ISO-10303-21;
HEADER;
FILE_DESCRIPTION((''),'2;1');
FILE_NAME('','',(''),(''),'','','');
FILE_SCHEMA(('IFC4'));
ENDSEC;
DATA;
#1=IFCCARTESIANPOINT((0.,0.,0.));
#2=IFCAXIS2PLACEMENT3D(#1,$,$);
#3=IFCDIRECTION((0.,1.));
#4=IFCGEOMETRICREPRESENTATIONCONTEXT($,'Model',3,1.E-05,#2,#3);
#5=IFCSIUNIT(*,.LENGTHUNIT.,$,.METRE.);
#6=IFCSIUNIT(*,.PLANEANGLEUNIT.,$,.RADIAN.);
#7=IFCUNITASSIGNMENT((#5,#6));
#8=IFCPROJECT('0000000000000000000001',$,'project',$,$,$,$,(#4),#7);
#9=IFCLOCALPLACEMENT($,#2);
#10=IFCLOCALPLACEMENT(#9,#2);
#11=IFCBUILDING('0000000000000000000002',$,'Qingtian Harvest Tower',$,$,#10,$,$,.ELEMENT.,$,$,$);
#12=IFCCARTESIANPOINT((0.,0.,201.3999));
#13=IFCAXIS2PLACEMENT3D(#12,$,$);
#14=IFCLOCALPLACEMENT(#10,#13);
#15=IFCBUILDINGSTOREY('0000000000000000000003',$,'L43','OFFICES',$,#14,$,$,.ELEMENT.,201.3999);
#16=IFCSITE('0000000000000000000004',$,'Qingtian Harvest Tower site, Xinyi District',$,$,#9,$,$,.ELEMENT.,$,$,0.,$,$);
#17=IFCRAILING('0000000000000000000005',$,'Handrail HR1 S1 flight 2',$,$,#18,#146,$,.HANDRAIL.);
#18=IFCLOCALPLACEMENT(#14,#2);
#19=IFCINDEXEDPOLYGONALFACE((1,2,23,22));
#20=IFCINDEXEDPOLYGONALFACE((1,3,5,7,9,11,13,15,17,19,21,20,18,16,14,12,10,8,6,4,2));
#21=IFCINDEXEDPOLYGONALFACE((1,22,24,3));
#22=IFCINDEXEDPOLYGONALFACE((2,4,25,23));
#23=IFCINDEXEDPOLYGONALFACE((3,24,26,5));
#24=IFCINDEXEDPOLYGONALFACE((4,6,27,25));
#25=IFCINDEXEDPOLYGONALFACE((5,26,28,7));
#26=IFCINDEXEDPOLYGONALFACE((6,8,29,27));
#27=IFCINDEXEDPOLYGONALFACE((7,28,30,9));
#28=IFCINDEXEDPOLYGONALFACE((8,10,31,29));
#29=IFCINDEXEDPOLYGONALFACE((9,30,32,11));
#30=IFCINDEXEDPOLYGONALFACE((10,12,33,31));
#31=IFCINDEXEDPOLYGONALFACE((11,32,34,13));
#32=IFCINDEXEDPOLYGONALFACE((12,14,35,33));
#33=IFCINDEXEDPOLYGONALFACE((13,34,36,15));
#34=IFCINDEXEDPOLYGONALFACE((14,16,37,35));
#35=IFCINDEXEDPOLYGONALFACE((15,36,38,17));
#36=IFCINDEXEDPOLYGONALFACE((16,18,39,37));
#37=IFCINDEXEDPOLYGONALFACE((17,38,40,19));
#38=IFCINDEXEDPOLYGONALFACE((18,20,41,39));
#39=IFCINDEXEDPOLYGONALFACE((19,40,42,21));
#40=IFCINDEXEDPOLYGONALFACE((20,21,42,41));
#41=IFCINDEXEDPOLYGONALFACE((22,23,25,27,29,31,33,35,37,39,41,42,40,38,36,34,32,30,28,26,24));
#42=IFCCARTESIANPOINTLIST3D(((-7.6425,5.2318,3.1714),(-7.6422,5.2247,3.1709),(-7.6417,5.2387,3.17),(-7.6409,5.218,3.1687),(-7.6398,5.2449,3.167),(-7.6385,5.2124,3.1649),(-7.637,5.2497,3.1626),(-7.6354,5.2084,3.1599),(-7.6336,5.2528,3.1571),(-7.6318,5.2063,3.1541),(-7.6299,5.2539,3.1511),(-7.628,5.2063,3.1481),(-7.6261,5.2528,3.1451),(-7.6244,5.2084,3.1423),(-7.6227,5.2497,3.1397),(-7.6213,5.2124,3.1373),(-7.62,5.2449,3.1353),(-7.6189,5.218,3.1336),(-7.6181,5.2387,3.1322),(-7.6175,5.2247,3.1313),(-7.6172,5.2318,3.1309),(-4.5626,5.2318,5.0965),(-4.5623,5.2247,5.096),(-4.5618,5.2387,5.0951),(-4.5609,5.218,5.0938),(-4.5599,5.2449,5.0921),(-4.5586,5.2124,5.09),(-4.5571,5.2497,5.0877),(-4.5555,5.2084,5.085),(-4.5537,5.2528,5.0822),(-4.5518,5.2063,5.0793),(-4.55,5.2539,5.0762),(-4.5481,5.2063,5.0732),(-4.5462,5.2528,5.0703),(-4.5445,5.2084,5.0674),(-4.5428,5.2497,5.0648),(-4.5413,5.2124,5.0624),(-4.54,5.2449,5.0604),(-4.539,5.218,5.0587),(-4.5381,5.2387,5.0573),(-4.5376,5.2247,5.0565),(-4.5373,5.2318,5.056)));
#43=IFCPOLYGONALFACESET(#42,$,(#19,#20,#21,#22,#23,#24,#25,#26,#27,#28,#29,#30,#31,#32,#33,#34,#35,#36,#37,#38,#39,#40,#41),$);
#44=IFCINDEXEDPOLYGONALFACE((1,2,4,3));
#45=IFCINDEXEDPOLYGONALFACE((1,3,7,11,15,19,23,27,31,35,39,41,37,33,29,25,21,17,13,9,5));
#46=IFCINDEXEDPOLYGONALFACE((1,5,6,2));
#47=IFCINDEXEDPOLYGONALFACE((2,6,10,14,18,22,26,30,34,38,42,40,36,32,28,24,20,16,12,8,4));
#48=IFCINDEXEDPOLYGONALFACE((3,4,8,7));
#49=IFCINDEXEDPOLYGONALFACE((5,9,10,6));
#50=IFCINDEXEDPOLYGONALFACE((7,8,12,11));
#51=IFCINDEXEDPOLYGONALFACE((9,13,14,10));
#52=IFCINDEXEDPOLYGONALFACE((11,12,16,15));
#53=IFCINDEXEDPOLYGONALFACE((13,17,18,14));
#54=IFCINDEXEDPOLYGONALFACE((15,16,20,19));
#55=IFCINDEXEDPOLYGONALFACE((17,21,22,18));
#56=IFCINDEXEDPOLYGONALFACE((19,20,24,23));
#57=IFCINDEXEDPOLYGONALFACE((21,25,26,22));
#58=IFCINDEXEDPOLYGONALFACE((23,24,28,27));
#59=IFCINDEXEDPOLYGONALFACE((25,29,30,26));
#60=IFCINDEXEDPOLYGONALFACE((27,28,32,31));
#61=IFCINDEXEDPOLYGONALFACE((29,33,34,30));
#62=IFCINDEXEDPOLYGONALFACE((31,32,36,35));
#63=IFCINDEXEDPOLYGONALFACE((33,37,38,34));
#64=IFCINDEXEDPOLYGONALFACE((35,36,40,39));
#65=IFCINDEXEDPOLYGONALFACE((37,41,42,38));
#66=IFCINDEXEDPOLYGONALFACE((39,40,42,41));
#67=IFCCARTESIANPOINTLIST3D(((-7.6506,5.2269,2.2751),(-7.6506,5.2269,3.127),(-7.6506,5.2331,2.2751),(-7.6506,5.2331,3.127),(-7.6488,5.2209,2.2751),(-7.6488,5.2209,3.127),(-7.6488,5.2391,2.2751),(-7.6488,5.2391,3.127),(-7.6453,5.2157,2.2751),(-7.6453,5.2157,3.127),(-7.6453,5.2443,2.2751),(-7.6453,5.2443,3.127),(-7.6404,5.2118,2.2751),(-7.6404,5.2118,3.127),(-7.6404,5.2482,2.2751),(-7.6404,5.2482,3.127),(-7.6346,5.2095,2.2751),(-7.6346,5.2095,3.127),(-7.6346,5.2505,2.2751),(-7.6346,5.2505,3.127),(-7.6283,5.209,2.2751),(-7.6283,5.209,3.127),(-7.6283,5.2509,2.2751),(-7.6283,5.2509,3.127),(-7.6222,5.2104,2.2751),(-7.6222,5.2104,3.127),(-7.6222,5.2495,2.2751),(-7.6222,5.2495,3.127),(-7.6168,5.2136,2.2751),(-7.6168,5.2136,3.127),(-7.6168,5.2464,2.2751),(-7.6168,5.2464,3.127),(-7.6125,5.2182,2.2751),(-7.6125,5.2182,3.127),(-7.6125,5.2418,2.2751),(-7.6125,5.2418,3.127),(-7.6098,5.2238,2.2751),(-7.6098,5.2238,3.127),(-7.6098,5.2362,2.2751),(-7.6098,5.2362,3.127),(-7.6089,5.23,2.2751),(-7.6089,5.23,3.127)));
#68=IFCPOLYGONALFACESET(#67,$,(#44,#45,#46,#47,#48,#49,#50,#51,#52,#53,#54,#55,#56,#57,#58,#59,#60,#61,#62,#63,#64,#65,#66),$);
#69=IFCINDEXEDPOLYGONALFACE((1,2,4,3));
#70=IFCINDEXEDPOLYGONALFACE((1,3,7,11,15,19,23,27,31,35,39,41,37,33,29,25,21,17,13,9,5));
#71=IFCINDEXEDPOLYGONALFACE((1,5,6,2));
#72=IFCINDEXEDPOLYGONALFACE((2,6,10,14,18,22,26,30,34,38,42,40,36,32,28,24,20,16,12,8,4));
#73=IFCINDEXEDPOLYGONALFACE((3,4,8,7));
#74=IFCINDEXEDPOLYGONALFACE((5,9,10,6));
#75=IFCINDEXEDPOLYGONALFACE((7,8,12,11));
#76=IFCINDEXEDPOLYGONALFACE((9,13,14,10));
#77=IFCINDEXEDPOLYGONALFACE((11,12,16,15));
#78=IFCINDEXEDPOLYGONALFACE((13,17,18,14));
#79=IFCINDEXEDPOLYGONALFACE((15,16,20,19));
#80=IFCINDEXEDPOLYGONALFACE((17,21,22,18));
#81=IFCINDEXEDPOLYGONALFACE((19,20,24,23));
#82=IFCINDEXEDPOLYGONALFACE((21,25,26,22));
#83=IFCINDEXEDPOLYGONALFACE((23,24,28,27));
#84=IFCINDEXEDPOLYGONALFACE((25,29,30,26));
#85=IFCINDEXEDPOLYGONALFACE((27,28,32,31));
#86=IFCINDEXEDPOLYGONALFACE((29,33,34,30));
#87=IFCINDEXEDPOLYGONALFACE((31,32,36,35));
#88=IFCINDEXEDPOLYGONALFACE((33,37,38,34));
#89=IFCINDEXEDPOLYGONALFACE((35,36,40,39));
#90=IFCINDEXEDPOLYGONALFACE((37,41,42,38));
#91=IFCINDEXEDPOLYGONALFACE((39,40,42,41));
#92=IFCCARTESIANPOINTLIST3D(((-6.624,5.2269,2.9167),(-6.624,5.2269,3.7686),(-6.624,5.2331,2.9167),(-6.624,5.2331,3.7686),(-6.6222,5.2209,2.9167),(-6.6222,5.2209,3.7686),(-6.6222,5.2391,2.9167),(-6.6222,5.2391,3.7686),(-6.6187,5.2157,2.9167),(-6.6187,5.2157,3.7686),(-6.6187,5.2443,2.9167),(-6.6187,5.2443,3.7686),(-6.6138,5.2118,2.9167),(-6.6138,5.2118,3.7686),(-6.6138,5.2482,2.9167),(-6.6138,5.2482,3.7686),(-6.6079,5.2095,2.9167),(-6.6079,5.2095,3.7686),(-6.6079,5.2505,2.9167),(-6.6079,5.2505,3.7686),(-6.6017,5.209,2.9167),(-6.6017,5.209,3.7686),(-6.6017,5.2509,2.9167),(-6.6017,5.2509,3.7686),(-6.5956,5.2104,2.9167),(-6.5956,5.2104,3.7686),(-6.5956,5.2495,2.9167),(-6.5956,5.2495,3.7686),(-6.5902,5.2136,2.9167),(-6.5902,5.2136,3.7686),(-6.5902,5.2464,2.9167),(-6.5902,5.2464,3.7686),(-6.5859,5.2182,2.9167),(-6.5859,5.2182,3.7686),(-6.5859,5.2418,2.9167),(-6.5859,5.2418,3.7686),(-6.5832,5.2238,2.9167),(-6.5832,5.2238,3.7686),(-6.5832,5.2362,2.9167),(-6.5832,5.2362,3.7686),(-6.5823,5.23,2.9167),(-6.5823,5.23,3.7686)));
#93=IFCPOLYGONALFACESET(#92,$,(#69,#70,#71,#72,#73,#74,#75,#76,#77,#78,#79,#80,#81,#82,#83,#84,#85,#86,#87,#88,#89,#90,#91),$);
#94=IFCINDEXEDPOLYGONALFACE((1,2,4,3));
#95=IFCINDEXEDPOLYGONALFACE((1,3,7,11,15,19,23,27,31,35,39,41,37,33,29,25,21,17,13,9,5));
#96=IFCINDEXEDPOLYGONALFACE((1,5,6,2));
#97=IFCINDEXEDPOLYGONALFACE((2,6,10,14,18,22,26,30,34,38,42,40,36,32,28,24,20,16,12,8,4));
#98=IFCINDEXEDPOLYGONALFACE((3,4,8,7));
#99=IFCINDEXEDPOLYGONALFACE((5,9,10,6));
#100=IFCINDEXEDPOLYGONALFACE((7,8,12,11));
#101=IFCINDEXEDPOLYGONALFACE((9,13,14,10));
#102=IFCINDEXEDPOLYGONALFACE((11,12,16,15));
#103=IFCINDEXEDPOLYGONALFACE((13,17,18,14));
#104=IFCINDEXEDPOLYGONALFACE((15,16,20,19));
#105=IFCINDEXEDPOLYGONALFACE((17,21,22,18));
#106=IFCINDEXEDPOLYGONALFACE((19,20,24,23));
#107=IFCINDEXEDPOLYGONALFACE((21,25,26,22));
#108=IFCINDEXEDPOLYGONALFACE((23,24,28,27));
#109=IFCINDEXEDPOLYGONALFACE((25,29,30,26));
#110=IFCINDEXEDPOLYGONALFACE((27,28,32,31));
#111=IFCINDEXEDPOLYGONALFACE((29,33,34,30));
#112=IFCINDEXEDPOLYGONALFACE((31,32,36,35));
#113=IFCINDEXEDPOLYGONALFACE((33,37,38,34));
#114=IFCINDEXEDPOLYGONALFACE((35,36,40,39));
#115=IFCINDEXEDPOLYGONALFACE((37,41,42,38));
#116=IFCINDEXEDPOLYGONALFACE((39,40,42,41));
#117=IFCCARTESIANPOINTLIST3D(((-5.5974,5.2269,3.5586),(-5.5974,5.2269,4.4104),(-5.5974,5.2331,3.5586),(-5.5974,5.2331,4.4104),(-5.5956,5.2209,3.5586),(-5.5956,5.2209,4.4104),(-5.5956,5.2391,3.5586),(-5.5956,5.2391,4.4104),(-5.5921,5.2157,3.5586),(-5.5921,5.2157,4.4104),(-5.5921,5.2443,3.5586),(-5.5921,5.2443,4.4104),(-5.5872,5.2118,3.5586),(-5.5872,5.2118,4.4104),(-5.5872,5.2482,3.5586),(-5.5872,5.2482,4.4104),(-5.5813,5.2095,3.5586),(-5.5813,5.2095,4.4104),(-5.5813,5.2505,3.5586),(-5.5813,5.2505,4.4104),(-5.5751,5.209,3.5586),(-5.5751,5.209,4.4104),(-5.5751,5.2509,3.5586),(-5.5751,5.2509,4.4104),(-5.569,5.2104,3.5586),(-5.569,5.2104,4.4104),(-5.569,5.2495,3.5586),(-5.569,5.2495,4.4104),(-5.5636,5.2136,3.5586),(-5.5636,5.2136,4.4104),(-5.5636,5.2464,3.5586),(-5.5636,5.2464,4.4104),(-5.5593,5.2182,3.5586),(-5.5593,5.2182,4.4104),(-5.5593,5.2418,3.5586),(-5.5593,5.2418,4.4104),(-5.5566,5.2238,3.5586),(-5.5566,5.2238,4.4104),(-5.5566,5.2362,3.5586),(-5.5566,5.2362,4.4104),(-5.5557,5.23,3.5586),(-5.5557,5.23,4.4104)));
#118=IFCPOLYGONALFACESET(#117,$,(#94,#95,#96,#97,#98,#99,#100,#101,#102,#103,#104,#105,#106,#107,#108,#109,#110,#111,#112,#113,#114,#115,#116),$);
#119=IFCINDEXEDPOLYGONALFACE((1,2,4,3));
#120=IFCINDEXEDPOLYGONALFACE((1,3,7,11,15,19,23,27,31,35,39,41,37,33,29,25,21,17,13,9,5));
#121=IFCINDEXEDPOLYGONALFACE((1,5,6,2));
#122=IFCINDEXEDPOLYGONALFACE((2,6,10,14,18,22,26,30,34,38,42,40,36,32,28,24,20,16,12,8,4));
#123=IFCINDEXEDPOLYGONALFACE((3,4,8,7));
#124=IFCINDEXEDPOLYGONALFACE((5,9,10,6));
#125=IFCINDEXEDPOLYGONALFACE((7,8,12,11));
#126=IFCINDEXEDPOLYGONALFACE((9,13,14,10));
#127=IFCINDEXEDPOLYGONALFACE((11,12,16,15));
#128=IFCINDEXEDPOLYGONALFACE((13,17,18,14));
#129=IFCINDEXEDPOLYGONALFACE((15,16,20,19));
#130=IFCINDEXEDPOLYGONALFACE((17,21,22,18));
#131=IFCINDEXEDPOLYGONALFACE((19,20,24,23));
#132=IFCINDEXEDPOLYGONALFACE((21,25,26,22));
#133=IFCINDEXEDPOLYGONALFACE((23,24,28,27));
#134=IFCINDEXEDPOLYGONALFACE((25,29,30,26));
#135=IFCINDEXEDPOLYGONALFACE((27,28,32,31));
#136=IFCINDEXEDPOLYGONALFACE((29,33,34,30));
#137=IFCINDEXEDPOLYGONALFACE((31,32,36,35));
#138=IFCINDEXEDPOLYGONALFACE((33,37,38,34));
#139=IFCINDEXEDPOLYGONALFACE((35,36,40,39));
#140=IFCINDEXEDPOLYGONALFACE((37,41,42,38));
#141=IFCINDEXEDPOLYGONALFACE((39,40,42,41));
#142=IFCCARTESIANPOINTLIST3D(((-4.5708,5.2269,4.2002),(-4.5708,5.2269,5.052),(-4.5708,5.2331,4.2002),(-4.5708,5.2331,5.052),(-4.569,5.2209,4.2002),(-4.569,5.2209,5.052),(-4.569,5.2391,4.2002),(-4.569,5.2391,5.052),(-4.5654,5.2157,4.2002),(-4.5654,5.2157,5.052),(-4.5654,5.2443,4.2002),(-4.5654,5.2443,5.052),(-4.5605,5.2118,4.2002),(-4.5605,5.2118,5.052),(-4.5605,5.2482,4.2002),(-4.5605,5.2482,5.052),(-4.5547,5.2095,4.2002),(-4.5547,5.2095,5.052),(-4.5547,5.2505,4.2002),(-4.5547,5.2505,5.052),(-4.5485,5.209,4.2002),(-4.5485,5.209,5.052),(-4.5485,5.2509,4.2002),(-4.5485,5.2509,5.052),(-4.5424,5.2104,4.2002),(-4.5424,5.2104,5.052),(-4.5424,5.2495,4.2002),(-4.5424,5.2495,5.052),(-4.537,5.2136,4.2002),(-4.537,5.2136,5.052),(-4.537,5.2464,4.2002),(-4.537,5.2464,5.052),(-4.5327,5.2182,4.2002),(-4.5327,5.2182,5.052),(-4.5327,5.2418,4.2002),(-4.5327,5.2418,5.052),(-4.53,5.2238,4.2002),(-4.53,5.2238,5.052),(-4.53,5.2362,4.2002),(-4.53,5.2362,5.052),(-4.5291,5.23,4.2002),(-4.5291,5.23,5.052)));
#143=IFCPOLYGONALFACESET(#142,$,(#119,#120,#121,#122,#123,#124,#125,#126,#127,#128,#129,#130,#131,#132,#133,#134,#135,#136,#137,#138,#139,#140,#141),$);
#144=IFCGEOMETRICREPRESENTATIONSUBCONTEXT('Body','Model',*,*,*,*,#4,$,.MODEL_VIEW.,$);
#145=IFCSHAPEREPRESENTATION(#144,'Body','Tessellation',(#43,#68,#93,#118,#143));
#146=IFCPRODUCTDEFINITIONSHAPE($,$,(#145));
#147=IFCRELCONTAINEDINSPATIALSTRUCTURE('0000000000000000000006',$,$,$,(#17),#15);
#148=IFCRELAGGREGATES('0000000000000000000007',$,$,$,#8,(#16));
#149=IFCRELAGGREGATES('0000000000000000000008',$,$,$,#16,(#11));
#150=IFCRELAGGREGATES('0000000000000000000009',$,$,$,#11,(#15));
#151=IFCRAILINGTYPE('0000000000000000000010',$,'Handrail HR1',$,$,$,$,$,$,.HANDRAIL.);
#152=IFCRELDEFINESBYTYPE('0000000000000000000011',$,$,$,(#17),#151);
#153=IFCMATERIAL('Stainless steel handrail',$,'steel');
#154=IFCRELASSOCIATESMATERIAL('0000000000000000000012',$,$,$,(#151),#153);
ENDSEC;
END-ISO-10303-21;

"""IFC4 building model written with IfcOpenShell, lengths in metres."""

from ifc_helpers import new_model, si_unit, direction, frame, origin, origin_2d, place, context, subcontext, project, spatial, circle, extrude, material, type_object, element, save


model = new_model("IFC4")

# Units and contexts
model_context = context("Model", 3, precision=1e-05, world=origin(), true_north=direction((0.0, 1.0)))
body_context = subcontext(model_context, "Body", "Model", "MODEL_VIEW")
ifc_project = project(units=[si_unit("LENGTHUNIT", "METRE"), si_unit("PLANEANGLEUNIT", "RADIAN")], contexts=[model_context])

# Site, building, storey
site_placement = place(None, origin())
site = spatial("IfcSite", under=ifc_project, at=site_placement, Name="Qingtian Harvest Tower site, Xinyi District", CompositionType="ELEMENT", RefElevation=0.0)
building_placement = place(site_placement, origin())
building = spatial("IfcBuilding", under=site, at=building_placement, Name="Qingtian Harvest Tower", CompositionType="ELEMENT")
storey_placement = place(building_placement, frame((0.0, 0.0, 201.3999)))
storey = spatial("IfcBuildingStorey", under=building, at=storey_placement, Name="L43", Description="OFFICES", CompositionType="ELEMENT", Elevation=201.3999)

# Railing
ifc_material_1 = material(Name="Stainless steel handrail", Category="steel")
railing_type = type_object("IfcRailingType", Name="Handrail HR1", PredefinedType="HANDRAIL", material=ifc_material_1)
railing_placement = place(storey_placement, frame((-7.6299, 5.23, 2.2751)))
element("IfcRailing", 1, at=railing_placement, inside=storey, type_object=railing_type, Name="Handrail HR1 S1 flight 2", PredefinedType="HANDRAIL", context=body_context, shape_type="SweptSolid", body=[
    extrude(circle(Radius=0.0239, at=origin_2d()), frame((0.0, 0.0, 0.876), z_axis=(0.847979, 0.0, 0.530029), x_axis=(0.0, 1.0, 0.0)), (0.0, 0.0, 1.0), 3.6321),
    extrude(circle(Radius=0.021, at=origin_2d()), origin(), (0.0, 0.0, 1.0), 0.8518),
    extrude(circle(Radius=0.021, at=origin_2d()), frame((1.0266, 0.0, 0.6416)), (0.0, 0.0, 1.0), 0.8518),
    extrude(circle(Radius=0.021, at=origin_2d()), frame((2.0532, 0.0, 1.2834)), (0.0, 0.0, 1.0), 0.8518),
    extrude(circle(Radius=0.021, at=origin_2d()), frame((3.0798, 0.0, 1.925)), (0.0, 0.0, 1.0), 0.8518),
])

save(model, "model.ifc")
